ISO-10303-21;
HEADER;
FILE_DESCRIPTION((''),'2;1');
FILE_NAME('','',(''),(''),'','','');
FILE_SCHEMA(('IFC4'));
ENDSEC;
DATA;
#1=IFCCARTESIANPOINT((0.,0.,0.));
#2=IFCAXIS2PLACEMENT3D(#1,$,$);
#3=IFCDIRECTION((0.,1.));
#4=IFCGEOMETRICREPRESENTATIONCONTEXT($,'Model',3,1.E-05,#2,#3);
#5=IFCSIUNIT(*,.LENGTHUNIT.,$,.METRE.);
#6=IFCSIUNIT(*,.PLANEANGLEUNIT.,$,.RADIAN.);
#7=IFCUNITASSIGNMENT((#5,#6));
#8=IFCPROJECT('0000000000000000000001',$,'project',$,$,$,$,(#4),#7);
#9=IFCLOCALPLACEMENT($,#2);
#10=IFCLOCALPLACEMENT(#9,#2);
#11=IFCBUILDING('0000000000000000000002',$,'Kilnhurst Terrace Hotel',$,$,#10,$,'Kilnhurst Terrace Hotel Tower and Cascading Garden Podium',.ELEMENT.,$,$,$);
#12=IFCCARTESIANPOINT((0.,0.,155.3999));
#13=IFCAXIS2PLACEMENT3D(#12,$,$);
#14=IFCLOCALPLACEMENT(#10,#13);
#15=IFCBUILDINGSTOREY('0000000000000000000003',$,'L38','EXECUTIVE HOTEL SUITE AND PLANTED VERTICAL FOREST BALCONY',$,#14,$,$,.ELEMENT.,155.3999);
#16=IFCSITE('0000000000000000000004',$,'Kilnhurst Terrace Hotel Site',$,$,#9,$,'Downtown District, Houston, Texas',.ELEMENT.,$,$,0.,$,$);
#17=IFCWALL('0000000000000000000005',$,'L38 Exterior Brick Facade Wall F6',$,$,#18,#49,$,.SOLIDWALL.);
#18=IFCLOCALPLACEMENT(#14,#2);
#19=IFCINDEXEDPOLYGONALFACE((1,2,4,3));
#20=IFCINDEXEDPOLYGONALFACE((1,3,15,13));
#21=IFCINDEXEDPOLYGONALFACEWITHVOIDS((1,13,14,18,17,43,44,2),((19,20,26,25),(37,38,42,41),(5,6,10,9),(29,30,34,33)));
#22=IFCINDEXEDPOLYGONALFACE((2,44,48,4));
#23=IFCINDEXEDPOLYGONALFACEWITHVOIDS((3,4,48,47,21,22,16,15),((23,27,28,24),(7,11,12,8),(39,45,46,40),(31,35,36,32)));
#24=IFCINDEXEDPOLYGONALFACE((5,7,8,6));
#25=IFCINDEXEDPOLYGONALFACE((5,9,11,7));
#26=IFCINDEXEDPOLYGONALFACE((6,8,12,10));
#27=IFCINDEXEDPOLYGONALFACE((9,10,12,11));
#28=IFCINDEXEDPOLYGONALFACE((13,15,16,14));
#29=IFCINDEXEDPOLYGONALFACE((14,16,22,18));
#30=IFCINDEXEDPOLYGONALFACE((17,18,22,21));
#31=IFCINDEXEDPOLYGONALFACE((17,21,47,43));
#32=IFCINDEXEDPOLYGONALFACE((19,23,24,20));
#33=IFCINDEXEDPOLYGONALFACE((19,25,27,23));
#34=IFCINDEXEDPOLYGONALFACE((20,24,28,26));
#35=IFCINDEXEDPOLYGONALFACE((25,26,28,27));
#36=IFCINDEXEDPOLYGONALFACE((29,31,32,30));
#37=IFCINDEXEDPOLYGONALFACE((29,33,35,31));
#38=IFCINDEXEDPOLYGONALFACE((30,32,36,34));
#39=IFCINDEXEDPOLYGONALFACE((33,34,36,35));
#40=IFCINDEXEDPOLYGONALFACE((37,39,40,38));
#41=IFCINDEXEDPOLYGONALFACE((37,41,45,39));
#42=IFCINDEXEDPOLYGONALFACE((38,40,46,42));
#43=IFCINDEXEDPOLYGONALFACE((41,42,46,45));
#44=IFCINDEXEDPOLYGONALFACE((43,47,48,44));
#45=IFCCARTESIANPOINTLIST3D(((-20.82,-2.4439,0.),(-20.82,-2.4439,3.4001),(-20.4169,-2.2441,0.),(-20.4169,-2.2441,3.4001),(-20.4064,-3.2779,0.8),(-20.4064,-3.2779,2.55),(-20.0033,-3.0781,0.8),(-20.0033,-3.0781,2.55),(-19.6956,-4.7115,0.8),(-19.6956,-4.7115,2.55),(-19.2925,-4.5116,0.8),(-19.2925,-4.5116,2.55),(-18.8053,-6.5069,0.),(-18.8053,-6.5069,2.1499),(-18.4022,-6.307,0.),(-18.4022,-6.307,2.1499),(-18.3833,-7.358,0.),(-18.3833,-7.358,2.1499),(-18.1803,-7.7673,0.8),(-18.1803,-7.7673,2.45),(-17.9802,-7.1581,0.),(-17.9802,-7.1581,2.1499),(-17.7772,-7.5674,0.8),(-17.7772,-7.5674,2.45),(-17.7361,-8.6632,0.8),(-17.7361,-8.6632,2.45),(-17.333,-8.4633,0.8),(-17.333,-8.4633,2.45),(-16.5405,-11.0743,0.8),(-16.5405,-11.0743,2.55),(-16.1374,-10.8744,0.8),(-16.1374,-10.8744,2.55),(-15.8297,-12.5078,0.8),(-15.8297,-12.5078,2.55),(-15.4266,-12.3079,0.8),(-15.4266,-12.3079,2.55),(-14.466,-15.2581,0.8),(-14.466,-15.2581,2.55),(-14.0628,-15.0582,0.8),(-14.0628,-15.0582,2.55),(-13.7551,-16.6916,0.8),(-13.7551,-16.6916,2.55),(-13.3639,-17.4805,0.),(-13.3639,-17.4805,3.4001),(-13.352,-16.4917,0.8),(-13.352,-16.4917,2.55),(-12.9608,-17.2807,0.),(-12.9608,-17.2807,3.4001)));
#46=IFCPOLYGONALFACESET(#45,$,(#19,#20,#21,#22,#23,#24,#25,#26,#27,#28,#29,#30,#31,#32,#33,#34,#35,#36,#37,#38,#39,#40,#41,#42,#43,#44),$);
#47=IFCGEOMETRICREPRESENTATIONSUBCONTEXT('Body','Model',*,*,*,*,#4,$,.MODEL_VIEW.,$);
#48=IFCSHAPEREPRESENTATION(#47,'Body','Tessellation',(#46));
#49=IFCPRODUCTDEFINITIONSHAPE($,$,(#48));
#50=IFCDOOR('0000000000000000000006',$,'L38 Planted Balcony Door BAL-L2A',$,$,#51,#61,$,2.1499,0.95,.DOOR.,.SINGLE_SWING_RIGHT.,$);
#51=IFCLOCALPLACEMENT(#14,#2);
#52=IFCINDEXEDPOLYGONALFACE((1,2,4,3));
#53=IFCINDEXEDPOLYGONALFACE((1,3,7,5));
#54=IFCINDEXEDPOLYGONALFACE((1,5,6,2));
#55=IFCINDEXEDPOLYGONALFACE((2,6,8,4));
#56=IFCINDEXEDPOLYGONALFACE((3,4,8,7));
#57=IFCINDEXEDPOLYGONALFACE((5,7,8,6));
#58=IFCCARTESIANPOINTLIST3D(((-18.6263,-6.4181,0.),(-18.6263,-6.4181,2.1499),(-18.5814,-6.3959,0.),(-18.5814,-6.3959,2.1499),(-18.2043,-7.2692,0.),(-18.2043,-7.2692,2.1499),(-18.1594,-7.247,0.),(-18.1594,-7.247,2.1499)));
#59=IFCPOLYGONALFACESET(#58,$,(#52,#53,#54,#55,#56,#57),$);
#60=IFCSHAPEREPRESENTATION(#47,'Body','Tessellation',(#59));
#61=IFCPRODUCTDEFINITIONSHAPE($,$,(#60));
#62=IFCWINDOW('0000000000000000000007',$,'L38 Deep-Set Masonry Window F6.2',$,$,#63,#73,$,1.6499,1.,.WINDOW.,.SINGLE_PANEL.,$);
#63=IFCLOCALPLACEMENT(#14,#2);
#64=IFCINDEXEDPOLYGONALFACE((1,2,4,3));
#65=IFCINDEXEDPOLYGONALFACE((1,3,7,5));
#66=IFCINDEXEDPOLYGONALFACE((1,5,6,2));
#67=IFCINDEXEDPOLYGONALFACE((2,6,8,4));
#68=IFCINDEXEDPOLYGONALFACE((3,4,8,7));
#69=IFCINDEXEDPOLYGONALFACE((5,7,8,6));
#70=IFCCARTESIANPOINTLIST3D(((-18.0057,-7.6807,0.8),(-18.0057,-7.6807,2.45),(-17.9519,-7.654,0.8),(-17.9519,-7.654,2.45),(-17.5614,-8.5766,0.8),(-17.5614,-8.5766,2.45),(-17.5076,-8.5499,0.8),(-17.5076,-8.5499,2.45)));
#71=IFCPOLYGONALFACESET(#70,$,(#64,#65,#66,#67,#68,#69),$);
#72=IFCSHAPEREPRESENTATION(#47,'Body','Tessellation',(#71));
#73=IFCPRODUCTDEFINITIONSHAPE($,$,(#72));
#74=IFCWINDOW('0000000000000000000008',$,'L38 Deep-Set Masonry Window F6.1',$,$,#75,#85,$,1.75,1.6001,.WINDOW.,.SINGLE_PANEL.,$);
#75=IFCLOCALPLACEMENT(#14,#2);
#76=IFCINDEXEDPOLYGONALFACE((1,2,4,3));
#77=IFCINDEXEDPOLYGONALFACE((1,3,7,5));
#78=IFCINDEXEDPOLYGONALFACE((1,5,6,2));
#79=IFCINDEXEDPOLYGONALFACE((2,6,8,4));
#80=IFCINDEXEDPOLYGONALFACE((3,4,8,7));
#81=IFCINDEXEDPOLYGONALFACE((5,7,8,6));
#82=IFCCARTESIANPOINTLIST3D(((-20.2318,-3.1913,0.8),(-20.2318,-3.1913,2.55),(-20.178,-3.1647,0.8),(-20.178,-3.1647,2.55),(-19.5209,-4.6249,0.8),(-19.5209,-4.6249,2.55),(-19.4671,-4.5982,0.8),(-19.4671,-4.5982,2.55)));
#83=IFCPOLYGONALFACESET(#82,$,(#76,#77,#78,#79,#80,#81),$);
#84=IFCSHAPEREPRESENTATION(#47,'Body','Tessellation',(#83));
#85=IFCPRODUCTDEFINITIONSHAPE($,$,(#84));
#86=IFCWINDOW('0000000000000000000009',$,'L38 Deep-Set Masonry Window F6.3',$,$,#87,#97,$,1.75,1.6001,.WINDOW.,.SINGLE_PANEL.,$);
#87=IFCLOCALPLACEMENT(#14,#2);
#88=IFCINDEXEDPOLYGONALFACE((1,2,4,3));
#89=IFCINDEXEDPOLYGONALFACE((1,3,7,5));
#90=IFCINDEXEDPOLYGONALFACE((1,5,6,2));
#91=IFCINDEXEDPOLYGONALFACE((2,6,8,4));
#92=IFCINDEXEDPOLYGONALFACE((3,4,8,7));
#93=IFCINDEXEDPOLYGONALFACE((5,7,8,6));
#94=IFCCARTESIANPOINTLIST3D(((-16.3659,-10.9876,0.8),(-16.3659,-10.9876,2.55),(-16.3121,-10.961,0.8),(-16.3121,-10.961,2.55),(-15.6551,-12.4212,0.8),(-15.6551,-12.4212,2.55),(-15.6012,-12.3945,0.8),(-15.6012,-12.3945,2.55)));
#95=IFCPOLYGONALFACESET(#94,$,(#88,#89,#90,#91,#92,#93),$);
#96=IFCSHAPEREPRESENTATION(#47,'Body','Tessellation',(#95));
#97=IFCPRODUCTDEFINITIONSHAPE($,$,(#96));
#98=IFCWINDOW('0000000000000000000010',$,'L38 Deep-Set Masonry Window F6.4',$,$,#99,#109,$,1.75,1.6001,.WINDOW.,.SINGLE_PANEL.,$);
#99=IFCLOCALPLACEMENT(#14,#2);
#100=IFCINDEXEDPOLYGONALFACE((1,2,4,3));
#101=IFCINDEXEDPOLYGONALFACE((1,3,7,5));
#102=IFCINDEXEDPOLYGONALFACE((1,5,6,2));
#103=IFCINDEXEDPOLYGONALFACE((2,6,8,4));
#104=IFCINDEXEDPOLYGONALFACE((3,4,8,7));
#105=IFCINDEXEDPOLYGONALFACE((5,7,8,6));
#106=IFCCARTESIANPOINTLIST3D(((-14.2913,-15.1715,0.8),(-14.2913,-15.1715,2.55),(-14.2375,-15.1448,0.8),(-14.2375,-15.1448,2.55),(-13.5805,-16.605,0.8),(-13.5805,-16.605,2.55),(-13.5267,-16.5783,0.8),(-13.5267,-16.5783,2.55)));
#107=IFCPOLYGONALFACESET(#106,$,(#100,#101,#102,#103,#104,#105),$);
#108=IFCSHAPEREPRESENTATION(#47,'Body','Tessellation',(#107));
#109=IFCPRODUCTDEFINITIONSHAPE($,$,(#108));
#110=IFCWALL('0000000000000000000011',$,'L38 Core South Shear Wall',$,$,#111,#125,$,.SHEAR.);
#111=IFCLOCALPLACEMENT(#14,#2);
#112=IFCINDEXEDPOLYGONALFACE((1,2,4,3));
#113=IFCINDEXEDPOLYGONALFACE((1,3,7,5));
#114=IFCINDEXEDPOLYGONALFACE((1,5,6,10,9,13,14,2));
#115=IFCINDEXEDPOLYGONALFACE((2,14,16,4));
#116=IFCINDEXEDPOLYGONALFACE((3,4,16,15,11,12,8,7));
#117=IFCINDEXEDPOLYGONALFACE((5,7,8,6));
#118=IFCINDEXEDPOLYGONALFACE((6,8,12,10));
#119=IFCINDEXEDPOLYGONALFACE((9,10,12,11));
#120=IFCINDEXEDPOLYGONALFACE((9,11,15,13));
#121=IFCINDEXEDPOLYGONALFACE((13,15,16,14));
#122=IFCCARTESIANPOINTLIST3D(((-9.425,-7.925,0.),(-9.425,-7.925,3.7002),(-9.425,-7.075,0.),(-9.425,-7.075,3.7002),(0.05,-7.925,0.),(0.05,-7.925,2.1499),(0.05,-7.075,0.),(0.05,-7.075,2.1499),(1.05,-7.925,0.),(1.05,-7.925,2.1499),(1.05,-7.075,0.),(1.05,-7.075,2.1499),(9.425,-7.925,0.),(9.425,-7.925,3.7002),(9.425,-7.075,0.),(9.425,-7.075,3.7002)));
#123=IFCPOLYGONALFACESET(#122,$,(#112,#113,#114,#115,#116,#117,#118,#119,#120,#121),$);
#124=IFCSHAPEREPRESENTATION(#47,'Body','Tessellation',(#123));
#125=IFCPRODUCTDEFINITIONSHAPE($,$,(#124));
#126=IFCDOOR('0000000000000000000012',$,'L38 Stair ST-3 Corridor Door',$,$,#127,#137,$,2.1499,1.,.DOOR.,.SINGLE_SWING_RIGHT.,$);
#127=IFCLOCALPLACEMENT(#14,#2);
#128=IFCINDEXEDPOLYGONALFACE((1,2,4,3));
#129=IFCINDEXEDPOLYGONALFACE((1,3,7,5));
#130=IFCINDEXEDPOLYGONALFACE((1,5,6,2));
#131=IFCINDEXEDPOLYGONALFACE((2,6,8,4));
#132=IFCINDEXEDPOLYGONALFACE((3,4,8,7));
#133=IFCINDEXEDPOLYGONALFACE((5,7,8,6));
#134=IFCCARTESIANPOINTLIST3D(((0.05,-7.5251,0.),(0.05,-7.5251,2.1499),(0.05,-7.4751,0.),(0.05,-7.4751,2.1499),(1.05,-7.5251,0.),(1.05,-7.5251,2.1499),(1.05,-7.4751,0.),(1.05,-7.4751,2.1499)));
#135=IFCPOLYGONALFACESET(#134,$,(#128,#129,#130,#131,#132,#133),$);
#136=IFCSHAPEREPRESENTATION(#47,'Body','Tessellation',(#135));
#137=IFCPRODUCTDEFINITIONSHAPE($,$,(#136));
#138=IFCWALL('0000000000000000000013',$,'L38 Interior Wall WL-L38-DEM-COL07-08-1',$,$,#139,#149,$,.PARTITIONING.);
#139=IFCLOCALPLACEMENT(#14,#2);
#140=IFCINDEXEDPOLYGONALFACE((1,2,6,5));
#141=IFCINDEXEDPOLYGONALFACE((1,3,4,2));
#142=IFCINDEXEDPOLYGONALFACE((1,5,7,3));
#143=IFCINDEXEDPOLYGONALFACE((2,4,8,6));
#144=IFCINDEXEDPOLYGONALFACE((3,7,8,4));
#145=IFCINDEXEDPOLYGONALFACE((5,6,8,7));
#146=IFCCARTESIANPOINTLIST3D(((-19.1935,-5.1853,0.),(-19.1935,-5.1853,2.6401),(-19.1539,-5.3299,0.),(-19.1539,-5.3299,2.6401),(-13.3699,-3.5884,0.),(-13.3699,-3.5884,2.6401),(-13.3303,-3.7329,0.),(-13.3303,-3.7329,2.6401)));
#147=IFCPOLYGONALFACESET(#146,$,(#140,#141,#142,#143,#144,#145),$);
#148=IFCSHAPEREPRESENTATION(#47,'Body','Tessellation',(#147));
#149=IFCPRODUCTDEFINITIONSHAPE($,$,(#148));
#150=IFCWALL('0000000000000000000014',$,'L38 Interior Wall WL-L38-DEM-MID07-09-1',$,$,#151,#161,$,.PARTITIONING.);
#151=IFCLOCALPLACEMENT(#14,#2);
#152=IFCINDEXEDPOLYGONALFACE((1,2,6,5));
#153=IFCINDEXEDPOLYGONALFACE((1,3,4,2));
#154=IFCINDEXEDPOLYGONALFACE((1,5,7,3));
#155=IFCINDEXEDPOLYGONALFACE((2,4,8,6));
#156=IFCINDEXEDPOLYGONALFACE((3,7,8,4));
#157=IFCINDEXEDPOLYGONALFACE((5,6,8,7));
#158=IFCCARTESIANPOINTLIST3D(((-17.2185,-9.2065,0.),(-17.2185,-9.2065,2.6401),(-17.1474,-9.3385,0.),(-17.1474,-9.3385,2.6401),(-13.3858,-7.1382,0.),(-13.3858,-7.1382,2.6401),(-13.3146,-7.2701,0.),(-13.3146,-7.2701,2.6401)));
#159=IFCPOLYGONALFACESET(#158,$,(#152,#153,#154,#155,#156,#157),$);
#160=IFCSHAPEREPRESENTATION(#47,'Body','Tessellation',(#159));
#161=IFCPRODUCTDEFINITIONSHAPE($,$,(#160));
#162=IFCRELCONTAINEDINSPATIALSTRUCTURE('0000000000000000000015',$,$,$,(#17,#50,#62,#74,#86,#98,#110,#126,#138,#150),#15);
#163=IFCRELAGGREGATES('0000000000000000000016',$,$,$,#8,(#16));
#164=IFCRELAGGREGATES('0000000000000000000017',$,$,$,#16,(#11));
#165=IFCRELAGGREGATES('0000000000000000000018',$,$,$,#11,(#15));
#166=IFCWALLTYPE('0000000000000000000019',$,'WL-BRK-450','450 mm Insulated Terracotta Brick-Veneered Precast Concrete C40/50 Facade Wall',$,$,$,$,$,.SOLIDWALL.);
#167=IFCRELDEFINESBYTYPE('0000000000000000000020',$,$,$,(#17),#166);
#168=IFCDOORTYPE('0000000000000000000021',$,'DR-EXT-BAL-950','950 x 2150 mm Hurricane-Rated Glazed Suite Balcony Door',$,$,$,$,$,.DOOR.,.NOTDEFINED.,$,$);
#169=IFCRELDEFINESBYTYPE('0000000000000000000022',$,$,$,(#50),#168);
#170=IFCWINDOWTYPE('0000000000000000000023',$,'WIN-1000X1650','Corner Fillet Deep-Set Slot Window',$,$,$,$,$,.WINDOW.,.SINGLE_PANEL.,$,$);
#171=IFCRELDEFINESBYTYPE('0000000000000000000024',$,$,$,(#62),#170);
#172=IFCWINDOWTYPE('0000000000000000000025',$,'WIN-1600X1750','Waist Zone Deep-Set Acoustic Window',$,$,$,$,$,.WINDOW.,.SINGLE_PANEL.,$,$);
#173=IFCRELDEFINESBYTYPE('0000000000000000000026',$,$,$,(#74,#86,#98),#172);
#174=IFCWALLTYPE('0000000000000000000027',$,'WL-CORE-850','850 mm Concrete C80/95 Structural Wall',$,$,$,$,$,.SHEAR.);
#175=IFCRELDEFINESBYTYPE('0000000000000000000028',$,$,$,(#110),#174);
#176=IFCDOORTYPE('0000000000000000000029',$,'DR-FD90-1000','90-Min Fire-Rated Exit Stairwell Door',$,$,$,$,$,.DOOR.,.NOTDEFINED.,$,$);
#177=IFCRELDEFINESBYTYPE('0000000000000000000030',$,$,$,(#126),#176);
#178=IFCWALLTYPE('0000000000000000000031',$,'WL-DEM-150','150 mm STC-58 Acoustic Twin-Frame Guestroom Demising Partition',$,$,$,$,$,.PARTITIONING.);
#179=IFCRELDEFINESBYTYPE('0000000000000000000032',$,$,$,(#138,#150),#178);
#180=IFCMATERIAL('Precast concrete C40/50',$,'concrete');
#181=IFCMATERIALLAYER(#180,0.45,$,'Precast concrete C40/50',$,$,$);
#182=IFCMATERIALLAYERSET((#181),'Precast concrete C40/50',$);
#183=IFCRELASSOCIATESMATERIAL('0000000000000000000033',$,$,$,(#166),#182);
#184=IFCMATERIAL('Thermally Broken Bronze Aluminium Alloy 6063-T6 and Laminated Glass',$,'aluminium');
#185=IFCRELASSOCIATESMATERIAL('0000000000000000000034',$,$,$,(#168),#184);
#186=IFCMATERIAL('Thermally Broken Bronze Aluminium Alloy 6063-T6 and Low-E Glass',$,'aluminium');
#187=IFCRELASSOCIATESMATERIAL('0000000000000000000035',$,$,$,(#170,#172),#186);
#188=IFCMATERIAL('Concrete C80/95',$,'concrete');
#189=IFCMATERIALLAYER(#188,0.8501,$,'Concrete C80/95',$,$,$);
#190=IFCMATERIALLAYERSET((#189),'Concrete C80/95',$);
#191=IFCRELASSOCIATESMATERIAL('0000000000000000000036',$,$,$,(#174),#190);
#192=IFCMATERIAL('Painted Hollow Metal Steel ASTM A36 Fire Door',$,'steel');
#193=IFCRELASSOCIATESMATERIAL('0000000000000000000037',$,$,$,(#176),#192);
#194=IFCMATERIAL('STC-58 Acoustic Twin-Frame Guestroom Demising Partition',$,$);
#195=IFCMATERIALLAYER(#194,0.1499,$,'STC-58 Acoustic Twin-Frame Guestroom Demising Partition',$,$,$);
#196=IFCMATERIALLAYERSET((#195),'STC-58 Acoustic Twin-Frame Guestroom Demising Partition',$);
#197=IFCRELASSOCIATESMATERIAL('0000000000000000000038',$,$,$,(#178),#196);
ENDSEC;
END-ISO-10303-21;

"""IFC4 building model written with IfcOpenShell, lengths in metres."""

from ifc_helpers import new_model, si_unit, direction, frame, frame_2d, origin, place, context, subcontext, project, spatial, rectangle, extrude, material, layer, layer_set, type_object, element, fill, save


model = new_model("IFC4")

# Units and contexts
model_context = context("Model", 3, precision=1e-05, world=origin(), true_north=direction((0.0, 1.0)))
body_context = subcontext(model_context, "Body", "Model", "MODEL_VIEW")
ifc_project = project(units=[si_unit("LENGTHUNIT", "METRE"), si_unit("PLANEANGLEUNIT", "RADIAN")], contexts=[model_context])

# Site, building, storey
site_placement = place(None, origin())
site = spatial("IfcSite", under=ifc_project, at=site_placement, Name="Kilnhurst Terrace Hotel Site", LongName="Downtown District, Houston, Texas", CompositionType="ELEMENT", RefElevation=0.0)
building_placement = place(site_placement, origin())
building = spatial("IfcBuilding", under=site, at=building_placement, Name="Kilnhurst Terrace Hotel", LongName="Kilnhurst Terrace Hotel Tower and Cascading Garden Podium", CompositionType="ELEMENT")
storey_placement = place(building_placement, frame((0.0, 0.0, 155.3999)))
storey = spatial("IfcBuildingStorey", under=building, at=storey_placement, Name="L38", Description="EXECUTIVE HOTEL SUITE AND PLANTED VERTICAL FOREST BALCONY", CompositionType="ELEMENT", Elevation=155.3999)

# Shared definitions
ifc_material_1 = material(Name="Concrete C80/95", Category="concrete")

# Shared definitions
ifc_material_2 = material(Name="Precast concrete C40/50", Category="concrete")
ifc_layer_1 = layer(ifc_material_2, 0.45, Name="Precast concrete C40/50")
ifc_layer_set_1 = layer_set([ifc_layer_1], Name="Precast concrete C40/50")
wall_type_1 = type_object("IfcWallType", Name="WL-BRK-450", Description="450 mm Insulated Terracotta Brick-Veneered Precast Concrete C40/50 Facade Wall", PredefinedType="SOLIDWALL", material=ifc_layer_set_1)

# Wall, openings, door, windows
wall_1_placement = place(storey_placement, frame((-20.6184, -2.344, 0.0), z_axis=(0.0, 0.0, 1.0), x_axis=(0.444244, -0.895906, 0.0)))
wall_1 = element("IfcWall", 1, at=wall_1_placement, inside=storey, type_object=wall_type_1, Name="L38 Exterior Brick Facade Wall F6", PredefinedType="SOLIDWALL", context=body_context, shape_type="SweptSolid", body=[
    extrude(rectangle(XDim=16.7837, YDim=0.45, at=frame_2d((8.3918, 0.0))), origin(), (0.0, 0.0, 1.0), 3.4001),
])
opening_1_placement = place(wall_1_placement, frame((4.5349, 0.0, 0.0)))
opening_1 = element("IfcOpeningElement", 2, at=opening_1_placement, cuts=wall_1, PredefinedType="OPENING", context=body_context, shape_type="SweptSolid", body=[
    extrude(rectangle(XDim=0.95, YDim=2.1499, at=frame_2d((0.4751, 1.075))), frame((0.0, 0.2349, 0.0), z_axis=(0.0, -1.0, 0.0), x_axis=(1.0, 0.0, 0.0)), (0.0, 0.0, 1.0), 0.47),
])
opening_2_placement = place(wall_1_placement, frame((0.9309, 0.0, 0.8)))
opening_2 = element("IfcOpeningElement", 3, at=opening_2_placement, cuts=wall_1, PredefinedType="OPENING", context=body_context, shape_type="SweptSolid", body=[
    extrude(rectangle(XDim=1.6001, YDim=1.75, at=frame_2d((0.8, 0.875))), frame((0.0, 0.2349, 0.0), z_axis=(0.0, -1.0, 0.0), x_axis=(1.0, 0.0, 0.0)), (0.0, 0.0, 1.0), 0.47),
])
opening_3_placement = place(wall_1_placement, frame((5.9419, 0.0, 0.8)))
opening_3 = element("IfcOpeningElement", 4, at=opening_3_placement, cuts=wall_1, PredefinedType="OPENING", context=body_context, shape_type="SweptSolid", body=[
    extrude(rectangle(XDim=1.0, YDim=1.6499, at=frame_2d((0.5, 0.825))), frame((0.0, 0.2349, 0.0), z_axis=(0.0, -1.0, 0.0), x_axis=(1.0, 0.0, 0.0)), (0.0, 0.0, 1.0), 0.47),
])
opening_4_placement = place(wall_1_placement, frame((9.6331, 0.0, 0.8)))
opening_4 = element("IfcOpeningElement", 5, at=opening_4_placement, cuts=wall_1, PredefinedType="OPENING", context=body_context, shape_type="SweptSolid", body=[
    extrude(rectangle(XDim=1.6001, YDim=1.75, at=frame_2d((0.8, 0.875))), frame((0.0, 0.2349, 0.0), z_axis=(0.0, -1.0, 0.0), x_axis=(1.0, 0.0, 0.0)), (0.0, 0.0, 1.0), 0.47),
])
opening_5_placement = place(wall_1_placement, frame((14.303, 0.0, 0.8)))
opening_5 = element("IfcOpeningElement", 6, at=opening_5_placement, cuts=wall_1, PredefinedType="OPENING", context=body_context, shape_type="SweptSolid", body=[
    extrude(rectangle(XDim=1.6001, YDim=1.75, at=frame_2d((0.8, 0.875))), frame((0.0, 0.2349, 0.0), z_axis=(0.0, -1.0, 0.0), x_axis=(1.0, 0.0, 0.0)), (0.0, 0.0, 1.0), 0.47),
])
ifc_material_3 = material(Name="Thermally Broken Bronze Aluminium Alloy 6063-T6 and Laminated Glass", Category="aluminium")
door_type_1 = type_object("IfcDoorType", Name="DR-EXT-BAL-950", Description="950 x 2150 mm Hurricane-Rated Glazed Suite Balcony Door", OperationType="NOTDEFINED", PredefinedType="DOOR", material=ifc_material_3)
door_1_placement = place(opening_1_placement, origin())
door_1 = element("IfcDoor", 7, at=door_1_placement, inside=storey, type_object=door_type_1, Name="L38 Planted Balcony Door BAL-L2A", OperationType="SINGLE_SWING_RIGHT", OverallHeight=2.1499, OverallWidth=0.95, PredefinedType="DOOR", context=body_context, shape_type="SweptSolid", body=[
    extrude(rectangle(XDim=0.95, YDim=2.1499, at=frame_2d((0.4751, 1.075))), frame((0.0, 0.0249, 0.0), z_axis=(0.0, -1.0, 0.0), x_axis=(1.0, 0.0, 0.0)), (0.0, 0.0, 1.0), 0.05),
])
fill(opening_1, door_1)
ifc_material_4 = material(Name="Thermally Broken Bronze Aluminium Alloy 6063-T6 and Low-E Glass", Category="aluminium")
window_type_1 = type_object("IfcWindowType", Name="WIN-1000X1650", Description="Corner Fillet Deep-Set Slot Window", PartitioningType="SINGLE_PANEL", PredefinedType="WINDOW", material=ifc_material_4)
window_1_placement = place(opening_3_placement, origin())
window_1 = element("IfcWindow", 8, at=window_1_placement, inside=storey, type_object=window_type_1, Name="L38 Deep-Set Masonry Window F6.2", OverallHeight=1.6499, OverallWidth=1.0, PartitioningType="SINGLE_PANEL", PredefinedType="WINDOW", context=body_context, shape_type="SweptSolid", body=[
    extrude(rectangle(XDim=1.0, YDim=1.6499, at=frame_2d((0.5, 0.825))), frame((0.0, 0.03, 0.0), z_axis=(0.0, -1.0, 0.0), x_axis=(1.0, 0.0, 0.0)), (0.0, 0.0, 1.0), 0.0601),
])
fill(opening_3, window_1)
window_type_2 = type_object("IfcWindowType", Name="WIN-1600X1750", Description="Waist Zone Deep-Set Acoustic Window", PartitioningType="SINGLE_PANEL", PredefinedType="WINDOW", material=ifc_material_4)
window_2_placement = place(opening_2_placement, origin())
window_2 = element("IfcWindow", 9, at=window_2_placement, inside=storey, type_object=window_type_2, Name="L38 Deep-Set Masonry Window F6.1", OverallHeight=1.75, OverallWidth=1.6001, PartitioningType="SINGLE_PANEL", PredefinedType="WINDOW", context=body_context, shape_type="SweptSolid", body=[
    extrude(rectangle(XDim=1.6001, YDim=1.75, at=frame_2d((0.8, 0.875))), frame((0.0, 0.03, 0.0), z_axis=(0.0, -1.0, 0.0), x_axis=(1.0, 0.0, 0.0)), (0.0, 0.0, 1.0), 0.0601),
])
fill(opening_2, window_2)
window_3_placement = place(opening_4_placement, origin())
window_3 = element("IfcWindow", 10, at=window_3_placement, inside=storey, type_object=window_type_2, Name="L38 Deep-Set Masonry Window F6.3", OverallHeight=1.75, OverallWidth=1.6001, PartitioningType="SINGLE_PANEL", PredefinedType="WINDOW", context=body_context, shape_type="SweptSolid", body=[
    extrude(rectangle(XDim=1.6001, YDim=1.75, at=frame_2d((0.8, 0.875))), frame((0.0, 0.03, 0.0), z_axis=(0.0, -1.0, 0.0), x_axis=(1.0, 0.0, 0.0)), (0.0, 0.0, 1.0), 0.0601),
])
fill(opening_4, window_3)
window_4_placement = place(opening_5_placement, origin())
window_4 = element("IfcWindow", 11, at=window_4_placement, inside=storey, type_object=window_type_2, Name="L38 Deep-Set Masonry Window F6.4", OverallHeight=1.75, OverallWidth=1.6001, PartitioningType="SINGLE_PANEL", PredefinedType="WINDOW", context=body_context, shape_type="SweptSolid", body=[
    extrude(rectangle(XDim=1.6001, YDim=1.75, at=frame_2d((0.8, 0.875))), frame((0.0, 0.03, 0.0), z_axis=(0.0, -1.0, 0.0), x_axis=(1.0, 0.0, 0.0)), (0.0, 0.0, 1.0), 0.0601),
])
fill(opening_5, window_4)

# Wall, opening, door
ifc_layer_2 = layer(ifc_material_1, 0.8501, Name="Concrete C80/95")
ifc_layer_set_2 = layer_set([ifc_layer_2], Name="Concrete C80/95")
wall_type_2 = type_object("IfcWallType", Name="WL-CORE-850", Description="850 mm Concrete C80/95 Structural Wall", PredefinedType="SHEAR", material=ifc_layer_set_2)
wall_2_placement = place(storey_placement, frame((-9.425, -7.5, 0.0), z_axis=(0.0, 0.0, 1.0), x_axis=(1.0, 0.0, 0.0)))
wall_2 = element("IfcWall", 12, at=wall_2_placement, inside=storey, type_object=wall_type_2, Name="L38 Core South Shear Wall", PredefinedType="SHEAR", context=body_context, shape_type="SweptSolid", body=[
    extrude(rectangle(XDim=18.8501, YDim=0.8501, at=frame_2d((9.425, 0.0))), origin(), (0.0, 0.0, 1.0), 3.7002),
])
opening_6_placement = place(wall_2_placement, frame((9.4751, 0.0, 0.0)))
opening_6 = element("IfcOpeningElement", 13, at=opening_6_placement, cuts=wall_2, PredefinedType="OPENING", context=body_context, shape_type="SweptSolid", body=[
    extrude(rectangle(XDim=1.0, YDim=2.1499, at=frame_2d((0.5, 1.075))), frame((0.0, 0.4351, 0.0), z_axis=(0.0, -1.0, 0.0), x_axis=(1.0, 0.0, 0.0)), (0.0, 0.0, 1.0), 0.8701),
])
ifc_material_5 = material(Name="Painted Hollow Metal Steel ASTM A36 Fire Door", Category="steel")
door_type_2 = type_object("IfcDoorType", Name="DR-FD90-1000", Description="90-Min Fire-Rated Exit Stairwell Door", OperationType="NOTDEFINED", PredefinedType="DOOR", material=ifc_material_5)
door_2_placement = place(opening_6_placement, origin())
door_2 = element("IfcDoor", 14, at=door_2_placement, inside=storey, type_object=door_type_2, Name="L38 Stair ST-3 Corridor Door", OperationType="SINGLE_SWING_RIGHT", OverallHeight=2.1499, OverallWidth=1.0, PredefinedType="DOOR", context=body_context, shape_type="SweptSolid", body=[
    extrude(rectangle(XDim=1.0, YDim=2.1499, at=frame_2d((0.5, 1.075))), frame((0.0, 0.0249, 0.0), z_axis=(0.0, -1.0, 0.0), x_axis=(1.0, 0.0, 0.0)), (0.0, 0.0, 1.0), 0.05),
])
fill(opening_6, door_2)

# Walls
ifc_material_6 = material(Name="STC-58 Acoustic Twin-Frame Guestroom Demising Partition")
ifc_layer_3 = layer(ifc_material_6, 0.1499, Name="STC-58 Acoustic Twin-Frame Guestroom Demising Partition")
ifc_layer_set_3 = layer_set([ifc_layer_3], Name="STC-58 Acoustic Twin-Frame Guestroom Demising Partition")
wall_type_3 = type_object("IfcWallType", Name="WL-DEM-150", Description="150 mm STC-58 Acoustic Twin-Frame Guestroom Demising Partition", PredefinedType="PARTITIONING", material=ifc_layer_set_3)
wall_3_placement = place(storey_placement, frame((-13.3501, -3.6606, 0.0), z_axis=(0.0, 0.0, 1.0), x_axis=(-0.964397, -0.264458, 0.0)))
element("IfcWall", 15, at=wall_3_placement, inside=storey, type_object=wall_type_3, Name="L38 Interior Wall WL-L38-DEM-COL07-08-1", PredefinedType="PARTITIONING", context=body_context, shape_type="SweptSolid", body=[
    extrude(rectangle(XDim=6.0386, YDim=0.1499, at=frame_2d((3.0193, 0.0))), origin(), (0.0, 0.0, 1.0), 2.6401),
])
wall_4_placement = place(storey_placement, frame((-13.3501, -7.2041, 0.0), z_axis=(0.0, 0.0, 1.0), x_axis=(-0.880033, -0.474912, 0.0)))
element("IfcWall", 16, at=wall_4_placement, inside=storey, type_object=wall_type_3, Name="L38 Interior Wall WL-L38-DEM-MID07-09-1", PredefinedType="PARTITIONING", context=body_context, shape_type="SweptSolid", body=[
    extrude(rectangle(XDim=4.3552, YDim=0.1499, at=frame_2d((2.1777, 0.0))), origin(), (0.0, 0.0, 1.0), 2.6401),
])

save(model, "model.ifc")
